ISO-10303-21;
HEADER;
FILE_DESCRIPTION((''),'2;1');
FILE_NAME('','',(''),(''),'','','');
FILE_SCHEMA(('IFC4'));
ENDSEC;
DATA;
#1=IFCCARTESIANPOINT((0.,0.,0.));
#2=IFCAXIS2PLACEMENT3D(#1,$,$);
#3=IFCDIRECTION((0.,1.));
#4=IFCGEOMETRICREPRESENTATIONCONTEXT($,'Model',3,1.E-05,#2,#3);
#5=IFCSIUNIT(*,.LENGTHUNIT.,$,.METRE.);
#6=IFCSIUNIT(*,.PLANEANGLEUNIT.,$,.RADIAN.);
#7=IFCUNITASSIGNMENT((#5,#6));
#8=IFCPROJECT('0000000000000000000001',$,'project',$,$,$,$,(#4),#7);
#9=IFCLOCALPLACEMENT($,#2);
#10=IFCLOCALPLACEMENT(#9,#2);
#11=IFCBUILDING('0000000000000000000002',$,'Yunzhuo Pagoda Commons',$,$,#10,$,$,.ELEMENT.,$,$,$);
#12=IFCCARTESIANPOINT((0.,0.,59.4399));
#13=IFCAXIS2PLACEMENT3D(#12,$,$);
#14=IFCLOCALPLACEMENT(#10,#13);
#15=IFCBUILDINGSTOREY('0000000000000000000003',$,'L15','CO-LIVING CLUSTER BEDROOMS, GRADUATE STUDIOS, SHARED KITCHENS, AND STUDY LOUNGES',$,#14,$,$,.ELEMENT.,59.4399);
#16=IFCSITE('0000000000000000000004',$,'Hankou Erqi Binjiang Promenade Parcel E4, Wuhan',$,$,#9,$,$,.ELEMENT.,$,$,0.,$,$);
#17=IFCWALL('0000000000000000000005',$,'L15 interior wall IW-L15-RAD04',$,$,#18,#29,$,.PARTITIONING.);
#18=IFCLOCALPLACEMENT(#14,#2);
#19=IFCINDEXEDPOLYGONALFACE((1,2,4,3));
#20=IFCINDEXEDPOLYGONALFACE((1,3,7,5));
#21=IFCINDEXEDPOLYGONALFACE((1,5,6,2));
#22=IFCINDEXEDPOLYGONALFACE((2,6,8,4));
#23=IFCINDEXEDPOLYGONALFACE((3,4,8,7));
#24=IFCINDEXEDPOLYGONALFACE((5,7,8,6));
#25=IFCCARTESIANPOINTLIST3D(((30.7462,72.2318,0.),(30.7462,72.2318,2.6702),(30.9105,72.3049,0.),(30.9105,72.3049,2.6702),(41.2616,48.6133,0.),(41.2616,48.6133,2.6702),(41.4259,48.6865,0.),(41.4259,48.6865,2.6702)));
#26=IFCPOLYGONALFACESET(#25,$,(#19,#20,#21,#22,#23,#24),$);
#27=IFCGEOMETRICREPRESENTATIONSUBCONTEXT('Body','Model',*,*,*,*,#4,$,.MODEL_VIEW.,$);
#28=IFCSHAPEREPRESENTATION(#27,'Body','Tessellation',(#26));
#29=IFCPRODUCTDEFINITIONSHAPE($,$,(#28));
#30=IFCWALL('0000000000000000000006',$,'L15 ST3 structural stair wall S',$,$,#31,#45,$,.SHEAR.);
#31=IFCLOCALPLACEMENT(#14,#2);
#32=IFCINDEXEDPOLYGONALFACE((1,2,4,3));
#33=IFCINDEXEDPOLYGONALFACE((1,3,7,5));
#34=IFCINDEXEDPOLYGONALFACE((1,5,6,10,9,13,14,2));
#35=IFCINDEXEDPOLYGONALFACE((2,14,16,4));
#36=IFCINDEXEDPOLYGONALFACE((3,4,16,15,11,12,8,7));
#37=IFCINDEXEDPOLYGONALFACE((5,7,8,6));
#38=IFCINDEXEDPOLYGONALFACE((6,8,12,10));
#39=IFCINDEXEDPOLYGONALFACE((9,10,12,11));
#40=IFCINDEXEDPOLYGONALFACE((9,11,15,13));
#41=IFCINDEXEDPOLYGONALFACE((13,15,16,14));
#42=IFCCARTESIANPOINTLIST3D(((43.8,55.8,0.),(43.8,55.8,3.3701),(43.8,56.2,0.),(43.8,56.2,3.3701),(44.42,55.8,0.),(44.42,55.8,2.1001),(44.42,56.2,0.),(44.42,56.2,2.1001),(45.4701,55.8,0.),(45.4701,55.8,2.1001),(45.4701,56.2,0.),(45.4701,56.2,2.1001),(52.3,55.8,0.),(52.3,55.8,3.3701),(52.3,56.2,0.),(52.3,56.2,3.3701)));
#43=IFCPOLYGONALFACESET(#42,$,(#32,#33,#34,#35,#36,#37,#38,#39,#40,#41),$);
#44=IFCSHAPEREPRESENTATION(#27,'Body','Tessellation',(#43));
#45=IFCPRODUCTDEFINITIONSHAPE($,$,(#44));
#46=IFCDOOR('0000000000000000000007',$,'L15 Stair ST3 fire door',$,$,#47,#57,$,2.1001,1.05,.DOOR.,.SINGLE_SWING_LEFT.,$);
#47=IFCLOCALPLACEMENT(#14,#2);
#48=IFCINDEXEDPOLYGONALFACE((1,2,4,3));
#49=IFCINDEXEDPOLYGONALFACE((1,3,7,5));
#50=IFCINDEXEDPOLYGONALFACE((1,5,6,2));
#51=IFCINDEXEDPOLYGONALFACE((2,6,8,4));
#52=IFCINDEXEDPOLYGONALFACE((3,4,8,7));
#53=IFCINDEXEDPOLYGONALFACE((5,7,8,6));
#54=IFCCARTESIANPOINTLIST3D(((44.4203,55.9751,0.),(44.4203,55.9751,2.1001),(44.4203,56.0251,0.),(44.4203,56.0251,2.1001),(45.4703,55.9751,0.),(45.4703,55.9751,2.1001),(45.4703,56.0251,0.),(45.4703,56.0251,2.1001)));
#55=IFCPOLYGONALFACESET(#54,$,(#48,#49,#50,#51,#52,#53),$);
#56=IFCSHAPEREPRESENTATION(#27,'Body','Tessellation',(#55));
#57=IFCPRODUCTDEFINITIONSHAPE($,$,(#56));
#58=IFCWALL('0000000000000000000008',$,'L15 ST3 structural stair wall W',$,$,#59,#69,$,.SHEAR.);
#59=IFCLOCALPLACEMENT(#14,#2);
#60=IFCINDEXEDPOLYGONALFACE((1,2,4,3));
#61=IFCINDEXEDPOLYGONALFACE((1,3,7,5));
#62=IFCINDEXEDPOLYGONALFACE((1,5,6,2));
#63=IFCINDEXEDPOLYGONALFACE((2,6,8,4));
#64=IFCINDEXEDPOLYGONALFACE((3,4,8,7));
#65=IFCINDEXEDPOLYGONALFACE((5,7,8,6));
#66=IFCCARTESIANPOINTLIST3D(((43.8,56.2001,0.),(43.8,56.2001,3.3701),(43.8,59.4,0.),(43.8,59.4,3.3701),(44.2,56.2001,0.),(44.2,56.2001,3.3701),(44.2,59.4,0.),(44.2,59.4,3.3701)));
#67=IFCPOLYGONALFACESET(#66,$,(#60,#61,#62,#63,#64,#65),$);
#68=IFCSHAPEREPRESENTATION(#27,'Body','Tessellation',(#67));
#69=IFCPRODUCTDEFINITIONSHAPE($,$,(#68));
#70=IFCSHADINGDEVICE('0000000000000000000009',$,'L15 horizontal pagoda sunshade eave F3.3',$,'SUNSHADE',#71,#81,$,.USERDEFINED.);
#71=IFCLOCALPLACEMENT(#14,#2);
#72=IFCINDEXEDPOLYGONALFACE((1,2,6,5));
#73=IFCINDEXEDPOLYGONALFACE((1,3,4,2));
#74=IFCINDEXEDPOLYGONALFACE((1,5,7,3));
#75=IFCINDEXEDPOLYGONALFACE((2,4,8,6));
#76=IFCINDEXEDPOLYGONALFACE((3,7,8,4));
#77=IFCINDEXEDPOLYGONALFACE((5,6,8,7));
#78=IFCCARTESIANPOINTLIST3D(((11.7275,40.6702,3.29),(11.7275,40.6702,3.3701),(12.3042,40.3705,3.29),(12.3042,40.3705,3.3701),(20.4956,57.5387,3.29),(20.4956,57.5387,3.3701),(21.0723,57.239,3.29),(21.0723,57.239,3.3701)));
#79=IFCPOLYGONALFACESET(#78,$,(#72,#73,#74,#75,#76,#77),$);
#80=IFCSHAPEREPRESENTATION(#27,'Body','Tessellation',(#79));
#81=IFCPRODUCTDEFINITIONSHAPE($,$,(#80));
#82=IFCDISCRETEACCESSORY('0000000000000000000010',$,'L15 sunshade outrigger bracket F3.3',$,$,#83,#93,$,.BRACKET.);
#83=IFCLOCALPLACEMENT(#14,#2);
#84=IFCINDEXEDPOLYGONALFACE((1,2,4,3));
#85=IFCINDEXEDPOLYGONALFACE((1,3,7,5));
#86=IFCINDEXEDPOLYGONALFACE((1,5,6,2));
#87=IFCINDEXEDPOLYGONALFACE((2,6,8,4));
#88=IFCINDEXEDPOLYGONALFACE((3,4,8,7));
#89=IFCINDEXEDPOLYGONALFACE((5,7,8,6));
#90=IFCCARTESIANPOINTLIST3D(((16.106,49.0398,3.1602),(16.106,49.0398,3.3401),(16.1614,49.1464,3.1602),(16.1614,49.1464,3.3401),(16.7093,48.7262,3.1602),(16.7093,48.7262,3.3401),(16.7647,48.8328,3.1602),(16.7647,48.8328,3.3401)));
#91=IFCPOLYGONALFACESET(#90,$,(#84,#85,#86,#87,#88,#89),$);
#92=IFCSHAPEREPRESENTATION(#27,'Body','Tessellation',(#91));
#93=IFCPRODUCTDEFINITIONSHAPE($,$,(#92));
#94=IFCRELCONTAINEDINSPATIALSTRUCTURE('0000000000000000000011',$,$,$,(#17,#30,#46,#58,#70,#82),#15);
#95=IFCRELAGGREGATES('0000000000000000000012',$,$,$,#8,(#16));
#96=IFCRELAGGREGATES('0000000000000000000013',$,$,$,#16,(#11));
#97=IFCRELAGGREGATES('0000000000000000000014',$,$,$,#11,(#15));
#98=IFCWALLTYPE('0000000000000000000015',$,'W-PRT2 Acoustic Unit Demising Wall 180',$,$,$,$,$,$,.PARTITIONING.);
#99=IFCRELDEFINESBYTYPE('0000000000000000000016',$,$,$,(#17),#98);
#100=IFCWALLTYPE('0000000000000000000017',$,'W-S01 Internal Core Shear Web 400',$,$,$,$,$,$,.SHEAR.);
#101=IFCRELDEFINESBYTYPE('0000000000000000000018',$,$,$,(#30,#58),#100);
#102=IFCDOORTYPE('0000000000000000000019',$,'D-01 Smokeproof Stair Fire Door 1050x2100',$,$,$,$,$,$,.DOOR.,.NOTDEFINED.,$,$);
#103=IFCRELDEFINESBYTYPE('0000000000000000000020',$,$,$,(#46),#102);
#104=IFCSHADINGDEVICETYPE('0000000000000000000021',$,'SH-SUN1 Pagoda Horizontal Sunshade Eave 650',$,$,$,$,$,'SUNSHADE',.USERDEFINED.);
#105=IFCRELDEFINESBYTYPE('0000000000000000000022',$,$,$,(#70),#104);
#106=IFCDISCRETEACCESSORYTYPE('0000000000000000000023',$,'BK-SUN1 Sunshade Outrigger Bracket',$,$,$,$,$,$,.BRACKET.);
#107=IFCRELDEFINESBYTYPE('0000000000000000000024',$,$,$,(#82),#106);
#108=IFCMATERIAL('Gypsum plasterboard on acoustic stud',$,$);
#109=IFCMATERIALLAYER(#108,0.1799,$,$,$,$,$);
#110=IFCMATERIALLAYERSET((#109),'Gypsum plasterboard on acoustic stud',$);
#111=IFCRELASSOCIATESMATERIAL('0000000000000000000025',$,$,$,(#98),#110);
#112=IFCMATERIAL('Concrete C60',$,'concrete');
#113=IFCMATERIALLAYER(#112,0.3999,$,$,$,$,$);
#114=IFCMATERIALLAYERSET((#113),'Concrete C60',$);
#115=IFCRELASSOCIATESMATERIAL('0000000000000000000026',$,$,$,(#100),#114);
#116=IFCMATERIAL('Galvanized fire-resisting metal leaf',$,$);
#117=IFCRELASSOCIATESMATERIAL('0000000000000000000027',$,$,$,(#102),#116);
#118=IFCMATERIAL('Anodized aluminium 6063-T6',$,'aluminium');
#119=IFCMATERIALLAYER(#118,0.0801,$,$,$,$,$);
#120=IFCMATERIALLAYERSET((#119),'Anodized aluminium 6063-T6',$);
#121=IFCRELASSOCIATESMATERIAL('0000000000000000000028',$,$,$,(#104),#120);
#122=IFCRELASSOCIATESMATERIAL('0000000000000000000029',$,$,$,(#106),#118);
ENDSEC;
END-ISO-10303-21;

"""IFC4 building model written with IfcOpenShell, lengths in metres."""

from ifc_helpers import new_model, si_unit, direction, frame, frame_2d, origin, origin_2d, place, context, subcontext, project, spatial, rectangle, extrude, source, transform, mapped, material, layer, layer_set, type_object, element, fill, save


model = new_model("IFC4")

# Units and contexts
model_context = context("Model", 3, precision=1e-05, world=origin(), true_north=direction((0.0, 1.0)))
body_context = subcontext(model_context, "Body", "Model", "MODEL_VIEW")
ifc_project = project(units=[si_unit("LENGTHUNIT", "METRE"), si_unit("PLANEANGLEUNIT", "RADIAN")], contexts=[model_context])

# Site, building, storey
site_placement = place(None, origin())
site = spatial("IfcSite", under=ifc_project, at=site_placement, Name="Hankou Erqi Binjiang Promenade Parcel E4, Wuhan", CompositionType="ELEMENT", RefElevation=0.0)
building_placement = place(site_placement, origin())
building = spatial("IfcBuilding", under=site, at=building_placement, Name="Yunzhuo Pagoda Commons", CompositionType="ELEMENT")
storey_placement = place(building_placement, frame((0.0, 0.0, 59.4399)))
storey = spatial("IfcBuildingStorey", under=building, at=storey_placement, Name="L15", Description="CO-LIVING CLUSTER BEDROOMS, GRADUATE STUDIOS, SHARED KITCHENS, AND STUDY LOUNGES", CompositionType="ELEMENT", Elevation=59.4399)

# Shared definitions
ifc_material_1 = material(Name="Anodized aluminium 6063-T6", Category="aluminium")

# Shared definitions
ifc_material_2 = material(Name="Gypsum plasterboard on acoustic stud")
ifc_material_3 = material(Name="Galvanized fire-resisting metal leaf")

# Wall
ifc_layer_1 = layer(ifc_material_2, 0.1799)
ifc_layer_set_1 = layer_set([ifc_layer_1], Name="Gypsum plasterboard on acoustic stud")
wall_type_1 = type_object("IfcWallType", Name="W-PRT2 Acoustic Unit Demising Wall 180", PredefinedType="PARTITIONING", material=ifc_layer_set_1)
wall_1_placement = place(storey_placement, frame((41.3438, 48.6499, 0.0), z_axis=(0.0, 0.0, 1.0), x_axis=(-0.40673, 0.913549, 0.0)))
element("IfcWall", 1, at=wall_1_placement, inside=storey, type_object=wall_type_1, Name="L15 interior wall IW-L15-RAD04", PredefinedType="PARTITIONING", context=body_context, shape_type="SweptSolid", body=[
    extrude(rectangle(XDim=25.8535, YDim=0.1799, at=frame_2d((12.9268, 0.0))), origin(), (0.0, 0.0, 1.0), 2.6702),
])

# Wall, opening, door
ifc_material_4 = material(Name="Concrete C60", Category="concrete")
ifc_layer_2 = layer(ifc_material_4, 0.3999)
ifc_layer_set_2 = layer_set([ifc_layer_2], Name="Concrete C60")
wall_type_2 = type_object("IfcWallType", Name="W-S01 Internal Core Shear Web 400", PredefinedType="SHEAR", material=ifc_layer_set_2)
wall_2_placement = place(storey_placement, frame((43.8, 56.0, 0.0), z_axis=(0.0, 0.0, 1.0), x_axis=(1.0, 0.0, 0.0)))
wall_2 = element("IfcWall", 2, at=wall_2_placement, inside=storey, type_object=wall_type_2, Name="L15 ST3 structural stair wall S", PredefinedType="SHEAR", context=body_context, shape_type="SweptSolid", body=[
    extrude(rectangle(XDim=8.5, YDim=0.3999, at=frame_2d((4.25, 0.0))), origin(), (0.0, 0.0, 1.0), 3.3701),
])
opening_1_placement = place(wall_2_placement, frame((0.6201, 0.0, 0.0)))
opening_1 = element("IfcOpeningElement", 3, at=opening_1_placement, cuts=wall_2, PredefinedType="OPENING", context=body_context, shape_type="SweptSolid", body=[
    extrude(rectangle(XDim=1.05, YDim=2.1001, at=frame_2d((0.5249, 1.05))), frame((0.0, 0.21, 0.0), z_axis=(0.0, -1.0, 0.0), x_axis=(1.0, 0.0, 0.0)), (0.0, 0.0, 1.0), 0.4199),
])
door_type_1 = type_object("IfcDoorType", Name="D-01 Smokeproof Stair Fire Door 1050x2100", OperationType="NOTDEFINED", PredefinedType="DOOR", material=ifc_material_3)
shared_shape_1 = source(origin(), body_context, "Body", "SweptSolid", [
    extrude(rectangle(XDim=1.05, YDim=2.1001, at=frame_2d((0.5249, 1.05))), frame((0.0, 0.0249, 0.0), z_axis=(0.0, -1.0, 0.0), x_axis=(1.0, 0.0, 0.0)), (0.0, 0.0, 1.0), 0.05),
])
door_1_placement = place(opening_1_placement, frame((1.05, 0.0, 0.0), z_axis=(0.0, 0.0, 1.0), x_axis=(-1.0, 0.0, 0.0)))
door_1 = element("IfcDoor", 4, at=door_1_placement, inside=storey, type_object=door_type_1, Name="L15 Stair ST3 fire door", OperationType="SINGLE_SWING_LEFT", OverallHeight=2.1001, OverallWidth=1.05, PredefinedType="DOOR", context=body_context, shape_type="MappedRepresentation", body=[
    mapped(shared_shape_1, transform((0.0, 0.0, 0.0), scale=1.0)),
])
fill(opening_1, door_1)

# Wall
wall_3_placement = place(storey_placement, frame((44.0, 56.2, 0.0), z_axis=(0.0, 0.0, 1.0), x_axis=(0.0, 1.0, 0.0)))
element("IfcWall", 5, at=wall_3_placement, inside=storey, type_object=wall_type_2, Name="L15 ST3 structural stair wall W", PredefinedType="SHEAR", context=body_context, shape_type="SweptSolid", body=[
    extrude(rectangle(XDim=3.2, YDim=0.3999, at=frame_2d((1.6001, 0.0))), origin(), (0.0, 0.0, 1.0), 3.3701),
])

# Shading device
ifc_layer_3 = layer(ifc_material_1, 0.0801)
ifc_layer_set_3 = layer_set([ifc_layer_3], Name="Anodized aluminium 6063-T6")
shading_device_type = type_object("IfcShadingDeviceType", Name="SH-SUN1 Pagoda Horizontal Sunshade Eave 650", ElementType="SUNSHADE", PredefinedType="USERDEFINED", material=ifc_layer_set_3)
shared_shape_2 = source(origin(), body_context, "Body", "SweptSolid", [
    extrude(rectangle(XDim=19.0112, YDim=0.6499, at=origin_2d()), origin(), (0.0, 0.0, 1.0), 0.0801),
])
shading_device_placement = place(storey_placement, frame((16.3999, 48.9546, 3.29), z_axis=(0.0, 0.0, 1.0), x_axis=(-0.461207, -0.887293, 0.0)))
element("IfcShadingDevice", 6, at=shading_device_placement, inside=storey, type_object=shading_device_type, Name="L15 horizontal pagoda sunshade eave F3.3", ObjectType="SUNSHADE", PredefinedType="USERDEFINED", context=body_context, shape_type="MappedRepresentation", body=[
    mapped(shared_shape_2, transform((0.0, 0.0, 0.0), scale=1.0)),
])

# Discrete accessory
discrete_accessory_type = type_object("IfcDiscreteAccessoryType", Name="BK-SUN1 Sunshade Outrigger Bracket", PredefinedType="BRACKET", material=ifc_material_1)
shared_shape_3 = source(origin(), body_context, "Body", "SweptSolid", [
    extrude(rectangle(XDim=0.1201, YDim=0.6799, at=origin_2d()), origin(), (0.0, 0.0, 1.0), 0.1799),
])
discrete_accessory_placement = place(storey_placement, frame((16.4353, 48.9363, 3.1602), z_axis=(0.0, 0.0, 1.0), x_axis=(-0.461207, -0.887293, 0.0)))
element("IfcDiscreteAccessory", 7, at=discrete_accessory_placement, inside=storey, type_object=discrete_accessory_type, Name="L15 sunshade outrigger bracket F3.3", PredefinedType="BRACKET", context=body_context, shape_type="MappedRepresentation", body=[
    mapped(shared_shape_3, transform((0.0, 0.0, 0.0), scale=1.0)),
])

save(model, "model.ifc")
